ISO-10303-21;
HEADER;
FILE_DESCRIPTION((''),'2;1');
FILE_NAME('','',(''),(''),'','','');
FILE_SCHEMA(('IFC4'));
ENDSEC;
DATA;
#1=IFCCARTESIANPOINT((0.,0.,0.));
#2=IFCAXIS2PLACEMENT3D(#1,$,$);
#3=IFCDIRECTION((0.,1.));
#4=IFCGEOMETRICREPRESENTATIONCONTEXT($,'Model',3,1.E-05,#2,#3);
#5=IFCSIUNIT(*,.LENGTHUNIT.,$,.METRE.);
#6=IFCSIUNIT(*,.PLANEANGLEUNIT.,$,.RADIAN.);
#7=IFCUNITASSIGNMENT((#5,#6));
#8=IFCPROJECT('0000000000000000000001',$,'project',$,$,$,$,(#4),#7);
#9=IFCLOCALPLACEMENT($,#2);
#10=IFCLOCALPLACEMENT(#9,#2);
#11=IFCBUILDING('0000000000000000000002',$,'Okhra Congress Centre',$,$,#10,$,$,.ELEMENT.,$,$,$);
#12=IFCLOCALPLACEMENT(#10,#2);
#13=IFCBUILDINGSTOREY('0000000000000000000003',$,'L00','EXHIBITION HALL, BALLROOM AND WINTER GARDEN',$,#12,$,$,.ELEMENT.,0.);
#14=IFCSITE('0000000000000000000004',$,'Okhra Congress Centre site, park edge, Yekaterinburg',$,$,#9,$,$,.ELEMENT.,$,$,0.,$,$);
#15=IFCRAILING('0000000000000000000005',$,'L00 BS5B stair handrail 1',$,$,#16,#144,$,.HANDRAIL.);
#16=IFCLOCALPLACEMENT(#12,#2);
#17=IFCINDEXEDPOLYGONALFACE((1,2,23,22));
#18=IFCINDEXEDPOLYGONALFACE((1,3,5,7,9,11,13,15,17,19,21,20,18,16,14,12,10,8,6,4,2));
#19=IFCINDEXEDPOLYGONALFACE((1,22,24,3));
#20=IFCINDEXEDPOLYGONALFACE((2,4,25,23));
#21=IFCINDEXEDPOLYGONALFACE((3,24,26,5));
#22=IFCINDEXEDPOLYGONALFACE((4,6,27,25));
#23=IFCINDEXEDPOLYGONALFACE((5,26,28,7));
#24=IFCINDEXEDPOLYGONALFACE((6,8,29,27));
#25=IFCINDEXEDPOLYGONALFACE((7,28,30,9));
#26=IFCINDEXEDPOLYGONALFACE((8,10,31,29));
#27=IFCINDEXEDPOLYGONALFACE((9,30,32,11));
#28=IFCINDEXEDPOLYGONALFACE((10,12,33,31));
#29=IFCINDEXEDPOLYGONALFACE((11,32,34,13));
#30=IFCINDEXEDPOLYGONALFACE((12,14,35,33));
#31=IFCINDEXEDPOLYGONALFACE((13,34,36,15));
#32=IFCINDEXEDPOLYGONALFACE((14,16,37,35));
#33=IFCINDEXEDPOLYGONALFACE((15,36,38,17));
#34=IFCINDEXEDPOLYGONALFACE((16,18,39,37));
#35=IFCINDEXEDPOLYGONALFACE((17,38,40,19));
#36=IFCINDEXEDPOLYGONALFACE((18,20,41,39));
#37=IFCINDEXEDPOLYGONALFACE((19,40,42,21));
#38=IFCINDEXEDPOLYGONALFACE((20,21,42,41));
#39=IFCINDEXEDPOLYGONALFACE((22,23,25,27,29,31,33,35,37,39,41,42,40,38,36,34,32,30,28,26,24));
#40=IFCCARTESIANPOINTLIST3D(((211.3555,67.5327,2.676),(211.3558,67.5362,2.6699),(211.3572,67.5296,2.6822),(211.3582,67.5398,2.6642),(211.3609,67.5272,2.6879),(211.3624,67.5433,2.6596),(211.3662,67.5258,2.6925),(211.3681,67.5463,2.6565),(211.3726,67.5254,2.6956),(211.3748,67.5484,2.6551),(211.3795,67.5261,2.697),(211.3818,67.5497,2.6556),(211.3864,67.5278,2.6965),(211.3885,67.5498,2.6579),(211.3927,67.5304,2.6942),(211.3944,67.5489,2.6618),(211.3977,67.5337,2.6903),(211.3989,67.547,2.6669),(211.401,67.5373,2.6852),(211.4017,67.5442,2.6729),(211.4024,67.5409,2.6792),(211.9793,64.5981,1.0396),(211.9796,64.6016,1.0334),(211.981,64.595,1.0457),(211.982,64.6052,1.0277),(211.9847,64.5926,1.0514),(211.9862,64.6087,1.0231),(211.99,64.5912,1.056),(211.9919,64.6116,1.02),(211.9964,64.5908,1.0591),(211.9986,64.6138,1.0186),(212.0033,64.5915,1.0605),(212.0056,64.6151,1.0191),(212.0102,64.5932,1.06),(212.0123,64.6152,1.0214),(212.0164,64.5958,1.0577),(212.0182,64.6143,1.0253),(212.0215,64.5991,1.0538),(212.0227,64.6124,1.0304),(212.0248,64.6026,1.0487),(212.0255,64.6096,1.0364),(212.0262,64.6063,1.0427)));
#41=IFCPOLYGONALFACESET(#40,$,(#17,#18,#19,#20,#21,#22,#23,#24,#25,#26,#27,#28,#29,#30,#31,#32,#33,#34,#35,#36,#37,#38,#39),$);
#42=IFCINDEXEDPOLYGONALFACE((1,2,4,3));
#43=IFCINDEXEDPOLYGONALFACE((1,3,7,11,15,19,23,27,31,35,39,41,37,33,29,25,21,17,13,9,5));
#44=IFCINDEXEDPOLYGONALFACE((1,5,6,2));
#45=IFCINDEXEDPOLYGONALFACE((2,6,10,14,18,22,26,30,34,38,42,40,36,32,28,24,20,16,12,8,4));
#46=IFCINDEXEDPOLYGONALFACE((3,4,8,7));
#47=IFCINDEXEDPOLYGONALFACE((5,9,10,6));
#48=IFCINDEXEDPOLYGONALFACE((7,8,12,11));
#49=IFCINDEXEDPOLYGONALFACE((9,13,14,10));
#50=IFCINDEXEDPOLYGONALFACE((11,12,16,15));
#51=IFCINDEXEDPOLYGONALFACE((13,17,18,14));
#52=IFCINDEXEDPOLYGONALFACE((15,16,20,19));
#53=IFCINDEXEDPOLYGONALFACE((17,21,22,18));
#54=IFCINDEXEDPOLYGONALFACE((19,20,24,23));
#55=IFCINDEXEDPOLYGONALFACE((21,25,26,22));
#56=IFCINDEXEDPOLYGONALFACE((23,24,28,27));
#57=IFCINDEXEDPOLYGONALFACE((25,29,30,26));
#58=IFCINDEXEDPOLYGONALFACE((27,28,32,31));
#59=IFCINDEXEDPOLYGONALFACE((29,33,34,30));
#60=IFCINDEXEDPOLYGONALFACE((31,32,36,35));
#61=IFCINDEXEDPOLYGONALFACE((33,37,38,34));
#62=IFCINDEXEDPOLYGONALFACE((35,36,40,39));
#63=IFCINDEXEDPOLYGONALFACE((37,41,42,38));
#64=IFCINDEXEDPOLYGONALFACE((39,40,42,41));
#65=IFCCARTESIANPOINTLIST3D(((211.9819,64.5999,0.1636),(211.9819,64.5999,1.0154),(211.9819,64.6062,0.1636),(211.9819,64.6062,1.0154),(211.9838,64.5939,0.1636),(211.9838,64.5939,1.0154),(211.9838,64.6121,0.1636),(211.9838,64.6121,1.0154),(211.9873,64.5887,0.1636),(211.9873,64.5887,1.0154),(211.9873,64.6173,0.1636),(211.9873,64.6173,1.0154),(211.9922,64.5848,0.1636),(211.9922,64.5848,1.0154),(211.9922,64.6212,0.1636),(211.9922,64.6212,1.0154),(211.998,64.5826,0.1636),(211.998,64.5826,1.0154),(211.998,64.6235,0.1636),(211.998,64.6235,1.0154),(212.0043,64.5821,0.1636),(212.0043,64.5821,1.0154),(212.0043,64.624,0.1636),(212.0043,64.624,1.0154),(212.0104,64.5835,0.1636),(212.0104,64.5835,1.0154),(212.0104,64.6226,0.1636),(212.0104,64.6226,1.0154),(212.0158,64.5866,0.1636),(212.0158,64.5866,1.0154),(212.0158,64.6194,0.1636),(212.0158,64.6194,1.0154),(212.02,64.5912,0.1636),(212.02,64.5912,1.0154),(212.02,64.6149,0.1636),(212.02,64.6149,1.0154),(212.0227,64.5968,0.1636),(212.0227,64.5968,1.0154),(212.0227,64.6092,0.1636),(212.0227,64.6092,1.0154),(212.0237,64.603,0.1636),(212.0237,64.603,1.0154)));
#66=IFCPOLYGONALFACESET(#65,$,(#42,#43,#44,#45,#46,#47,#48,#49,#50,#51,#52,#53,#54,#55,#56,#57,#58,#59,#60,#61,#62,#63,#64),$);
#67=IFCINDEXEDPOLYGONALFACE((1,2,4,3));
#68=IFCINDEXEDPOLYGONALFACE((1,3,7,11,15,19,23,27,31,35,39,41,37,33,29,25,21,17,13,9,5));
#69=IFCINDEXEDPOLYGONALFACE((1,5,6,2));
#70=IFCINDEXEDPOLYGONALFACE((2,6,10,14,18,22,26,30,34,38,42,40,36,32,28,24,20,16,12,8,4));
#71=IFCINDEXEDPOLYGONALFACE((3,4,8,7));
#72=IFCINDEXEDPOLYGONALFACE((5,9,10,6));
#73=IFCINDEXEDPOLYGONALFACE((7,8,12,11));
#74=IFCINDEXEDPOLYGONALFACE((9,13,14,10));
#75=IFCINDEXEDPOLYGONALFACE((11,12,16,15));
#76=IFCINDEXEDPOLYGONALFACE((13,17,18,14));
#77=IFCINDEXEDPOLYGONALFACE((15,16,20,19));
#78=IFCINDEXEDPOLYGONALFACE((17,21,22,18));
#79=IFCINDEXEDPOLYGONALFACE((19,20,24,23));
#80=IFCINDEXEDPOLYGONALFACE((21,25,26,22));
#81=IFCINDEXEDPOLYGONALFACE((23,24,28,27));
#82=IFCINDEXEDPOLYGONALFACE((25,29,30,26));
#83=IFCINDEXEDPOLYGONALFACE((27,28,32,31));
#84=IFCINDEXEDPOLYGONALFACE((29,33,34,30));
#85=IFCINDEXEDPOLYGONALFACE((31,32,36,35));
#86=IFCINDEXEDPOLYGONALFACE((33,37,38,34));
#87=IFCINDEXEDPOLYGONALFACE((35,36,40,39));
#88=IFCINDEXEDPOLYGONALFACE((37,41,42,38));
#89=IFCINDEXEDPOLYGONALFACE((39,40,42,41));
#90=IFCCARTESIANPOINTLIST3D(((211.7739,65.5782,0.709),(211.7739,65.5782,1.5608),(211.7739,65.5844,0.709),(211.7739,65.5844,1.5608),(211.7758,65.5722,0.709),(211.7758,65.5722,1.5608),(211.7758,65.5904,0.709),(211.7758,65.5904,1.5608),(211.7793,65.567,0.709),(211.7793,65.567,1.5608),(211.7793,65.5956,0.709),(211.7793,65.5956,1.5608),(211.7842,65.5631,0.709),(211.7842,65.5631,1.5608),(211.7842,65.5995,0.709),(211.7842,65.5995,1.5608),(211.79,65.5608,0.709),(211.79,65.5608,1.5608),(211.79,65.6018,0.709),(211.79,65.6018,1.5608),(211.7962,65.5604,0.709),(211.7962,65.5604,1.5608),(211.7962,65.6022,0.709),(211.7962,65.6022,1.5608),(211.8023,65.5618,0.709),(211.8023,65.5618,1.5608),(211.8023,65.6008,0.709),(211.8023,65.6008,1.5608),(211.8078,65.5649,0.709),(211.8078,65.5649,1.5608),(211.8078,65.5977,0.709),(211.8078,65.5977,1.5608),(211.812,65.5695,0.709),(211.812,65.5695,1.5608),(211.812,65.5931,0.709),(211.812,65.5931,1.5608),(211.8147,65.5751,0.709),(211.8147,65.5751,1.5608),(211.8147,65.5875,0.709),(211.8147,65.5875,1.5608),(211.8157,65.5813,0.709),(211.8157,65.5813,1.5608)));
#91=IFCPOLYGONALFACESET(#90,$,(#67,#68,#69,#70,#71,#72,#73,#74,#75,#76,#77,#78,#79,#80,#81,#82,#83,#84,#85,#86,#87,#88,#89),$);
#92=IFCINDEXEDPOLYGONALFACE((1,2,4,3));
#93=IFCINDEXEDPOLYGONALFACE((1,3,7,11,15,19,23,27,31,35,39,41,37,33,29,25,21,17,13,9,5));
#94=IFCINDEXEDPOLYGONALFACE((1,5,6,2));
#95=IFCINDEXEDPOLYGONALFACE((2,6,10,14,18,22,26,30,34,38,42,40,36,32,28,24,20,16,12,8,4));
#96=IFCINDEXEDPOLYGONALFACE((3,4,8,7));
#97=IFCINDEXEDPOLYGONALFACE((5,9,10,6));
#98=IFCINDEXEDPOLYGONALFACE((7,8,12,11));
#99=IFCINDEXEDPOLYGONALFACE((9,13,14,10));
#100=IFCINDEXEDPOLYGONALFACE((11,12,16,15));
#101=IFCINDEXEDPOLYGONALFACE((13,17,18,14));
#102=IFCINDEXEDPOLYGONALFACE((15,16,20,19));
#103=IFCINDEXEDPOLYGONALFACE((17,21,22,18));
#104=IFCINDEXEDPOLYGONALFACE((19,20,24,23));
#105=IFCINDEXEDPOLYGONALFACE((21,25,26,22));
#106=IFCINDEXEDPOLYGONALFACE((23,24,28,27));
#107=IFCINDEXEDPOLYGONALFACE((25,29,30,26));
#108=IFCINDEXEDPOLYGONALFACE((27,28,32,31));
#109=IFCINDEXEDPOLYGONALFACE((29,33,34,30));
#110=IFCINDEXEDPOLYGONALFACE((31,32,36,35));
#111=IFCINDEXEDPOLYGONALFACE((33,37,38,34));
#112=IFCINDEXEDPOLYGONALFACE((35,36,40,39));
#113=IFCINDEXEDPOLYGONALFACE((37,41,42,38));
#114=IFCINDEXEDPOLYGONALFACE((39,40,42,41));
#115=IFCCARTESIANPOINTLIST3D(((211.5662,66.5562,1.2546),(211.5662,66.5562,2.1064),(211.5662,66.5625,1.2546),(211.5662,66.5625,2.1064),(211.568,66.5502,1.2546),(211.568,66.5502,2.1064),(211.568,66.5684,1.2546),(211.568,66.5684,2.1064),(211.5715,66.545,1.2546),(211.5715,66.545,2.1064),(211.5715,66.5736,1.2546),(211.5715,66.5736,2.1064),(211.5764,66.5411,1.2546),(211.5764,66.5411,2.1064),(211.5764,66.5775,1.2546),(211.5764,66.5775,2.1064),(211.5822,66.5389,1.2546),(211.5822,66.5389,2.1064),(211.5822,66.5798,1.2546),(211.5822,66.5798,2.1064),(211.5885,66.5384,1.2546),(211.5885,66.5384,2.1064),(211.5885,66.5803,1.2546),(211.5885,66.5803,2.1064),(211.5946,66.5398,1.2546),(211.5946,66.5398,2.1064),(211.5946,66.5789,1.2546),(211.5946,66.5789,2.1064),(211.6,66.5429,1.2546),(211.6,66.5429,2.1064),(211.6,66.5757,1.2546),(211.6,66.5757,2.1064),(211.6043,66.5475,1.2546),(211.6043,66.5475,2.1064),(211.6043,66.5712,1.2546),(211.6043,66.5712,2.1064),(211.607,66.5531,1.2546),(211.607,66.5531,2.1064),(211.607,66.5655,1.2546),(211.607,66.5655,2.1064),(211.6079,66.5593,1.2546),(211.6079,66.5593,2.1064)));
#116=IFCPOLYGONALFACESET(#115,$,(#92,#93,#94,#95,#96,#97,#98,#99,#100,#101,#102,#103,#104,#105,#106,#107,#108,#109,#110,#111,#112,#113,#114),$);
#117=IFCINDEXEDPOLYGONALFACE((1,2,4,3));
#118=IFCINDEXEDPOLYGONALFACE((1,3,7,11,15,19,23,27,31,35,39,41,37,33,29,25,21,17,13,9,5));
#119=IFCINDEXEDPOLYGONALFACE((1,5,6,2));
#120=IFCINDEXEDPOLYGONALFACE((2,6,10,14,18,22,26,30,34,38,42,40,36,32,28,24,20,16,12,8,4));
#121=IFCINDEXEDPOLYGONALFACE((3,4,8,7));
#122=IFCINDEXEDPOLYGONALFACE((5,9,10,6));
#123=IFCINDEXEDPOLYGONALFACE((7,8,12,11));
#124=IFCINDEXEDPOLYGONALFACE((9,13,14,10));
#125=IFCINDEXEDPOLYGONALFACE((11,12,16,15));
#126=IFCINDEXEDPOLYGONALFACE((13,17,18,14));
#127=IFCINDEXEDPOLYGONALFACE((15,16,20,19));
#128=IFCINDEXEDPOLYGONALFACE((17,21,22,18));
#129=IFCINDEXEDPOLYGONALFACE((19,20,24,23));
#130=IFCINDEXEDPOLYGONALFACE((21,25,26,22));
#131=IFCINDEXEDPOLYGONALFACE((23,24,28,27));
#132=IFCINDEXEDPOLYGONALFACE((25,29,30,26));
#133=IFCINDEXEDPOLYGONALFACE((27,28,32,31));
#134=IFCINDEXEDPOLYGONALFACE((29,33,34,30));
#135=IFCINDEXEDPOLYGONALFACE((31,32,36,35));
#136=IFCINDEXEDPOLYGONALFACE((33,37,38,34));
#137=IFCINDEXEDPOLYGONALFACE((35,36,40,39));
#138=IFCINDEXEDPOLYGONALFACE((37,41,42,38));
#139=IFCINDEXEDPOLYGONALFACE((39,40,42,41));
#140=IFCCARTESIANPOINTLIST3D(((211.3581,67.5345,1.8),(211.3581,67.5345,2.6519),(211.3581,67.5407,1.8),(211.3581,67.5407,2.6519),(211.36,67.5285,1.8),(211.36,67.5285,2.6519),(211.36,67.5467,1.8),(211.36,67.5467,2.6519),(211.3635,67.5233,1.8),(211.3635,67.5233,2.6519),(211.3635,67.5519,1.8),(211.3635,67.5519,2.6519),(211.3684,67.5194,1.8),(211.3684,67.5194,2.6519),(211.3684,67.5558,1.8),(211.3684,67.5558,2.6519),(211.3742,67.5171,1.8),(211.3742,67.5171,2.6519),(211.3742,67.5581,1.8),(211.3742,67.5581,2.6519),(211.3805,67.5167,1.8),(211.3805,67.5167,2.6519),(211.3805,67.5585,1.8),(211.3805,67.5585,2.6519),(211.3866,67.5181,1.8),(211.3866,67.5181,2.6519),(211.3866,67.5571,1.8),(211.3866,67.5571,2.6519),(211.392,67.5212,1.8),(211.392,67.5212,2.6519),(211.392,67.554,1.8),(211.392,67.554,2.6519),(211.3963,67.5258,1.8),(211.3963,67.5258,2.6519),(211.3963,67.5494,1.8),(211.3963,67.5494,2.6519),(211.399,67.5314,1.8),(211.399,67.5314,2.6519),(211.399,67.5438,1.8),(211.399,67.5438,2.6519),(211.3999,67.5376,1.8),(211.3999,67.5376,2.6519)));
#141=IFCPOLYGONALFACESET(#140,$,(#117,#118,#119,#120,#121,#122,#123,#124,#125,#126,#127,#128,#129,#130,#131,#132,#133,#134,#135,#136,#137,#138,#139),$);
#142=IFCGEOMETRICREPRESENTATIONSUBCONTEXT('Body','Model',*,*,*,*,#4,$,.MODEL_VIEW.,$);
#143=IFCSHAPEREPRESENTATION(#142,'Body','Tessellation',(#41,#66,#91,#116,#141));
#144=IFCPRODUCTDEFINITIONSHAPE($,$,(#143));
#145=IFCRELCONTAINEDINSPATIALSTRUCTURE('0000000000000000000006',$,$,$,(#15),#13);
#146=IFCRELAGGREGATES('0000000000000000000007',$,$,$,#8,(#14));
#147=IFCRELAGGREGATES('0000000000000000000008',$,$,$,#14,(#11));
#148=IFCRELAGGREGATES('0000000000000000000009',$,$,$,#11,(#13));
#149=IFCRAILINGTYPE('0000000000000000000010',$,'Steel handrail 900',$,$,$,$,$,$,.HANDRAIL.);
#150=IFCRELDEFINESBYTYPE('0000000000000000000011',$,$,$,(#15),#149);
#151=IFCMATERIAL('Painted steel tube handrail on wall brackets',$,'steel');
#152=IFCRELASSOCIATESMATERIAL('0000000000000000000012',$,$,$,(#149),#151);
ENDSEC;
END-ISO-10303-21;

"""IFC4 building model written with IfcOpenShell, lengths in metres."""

from ifc_helpers import new_model, si_unit, direction, frame, origin, origin_2d, place, context, subcontext, project, spatial, circle, extrude, material, type_object, element, save


model = new_model("IFC4")

# Units and contexts
model_context = context("Model", 3, precision=1e-05, world=origin(), true_north=direction((0.0, 1.0)))
body_context = subcontext(model_context, "Body", "Model", "MODEL_VIEW")
ifc_project = project(units=[si_unit("LENGTHUNIT", "METRE"), si_unit("PLANEANGLEUNIT", "RADIAN")], contexts=[model_context])

# Site, building, storey
site_placement = place(None, origin())
site = spatial("IfcSite", under=ifc_project, at=site_placement, Name="Okhra Congress Centre site, park edge, Yekaterinburg", CompositionType="ELEMENT", RefElevation=0.0)
building_placement = place(site_placement, origin())
building = spatial("IfcBuilding", under=site, at=building_placement, Name="Okhra Congress Centre", CompositionType="ELEMENT")
storey_placement = place(building_placement, origin())
storey = spatial("IfcBuildingStorey", under=building, at=storey_placement, Name="L00", Description="EXHIBITION HALL, BALLROOM AND WINTER GARDEN", CompositionType="ELEMENT", Elevation=0.0)

# Railing
ifc_material_1 = material(Name="Painted steel tube handrail on wall brackets", Category="steel")
railing_type_1 = type_object("IfcRailingType", Name="Steel handrail 900", PredefinedType="HANDRAIL", material=ifc_material_1)
railing_1_placement = place(storey_placement, frame((212.0027, 64.603, 0.1636)))
element("IfcRailing", 1, at=railing_1_placement, inside=storey, type_object=railing_type_1, Name="L00 BS5B stair handrail 1", PredefinedType="HANDRAIL", context=body_context, shape_type="SweptSolid", body=[
    extrude(circle(Radius=0.0239, at=origin_2d()), frame((0.0, 0.0, 0.876), z_axis=(-0.182529, 0.858706, 0.478861), x_axis=(-0.978146, -0.207917, 0.0)), (0.0, 0.0, 1.0), 3.4175),
    extrude(circle(Radius=0.021, at=origin_2d()), origin(), (0.0, 0.0, 1.0), 0.8518),
    extrude(circle(Radius=0.021, at=origin_2d()), frame((-0.208, 0.9783, 0.5454)), (0.0, 0.0, 1.0), 0.8518),
    extrude(circle(Radius=0.021, at=origin_2d()), frame((-0.4158, 1.9563, 1.0911)), (0.0, 0.0, 1.0), 0.8518),
    extrude(circle(Radius=0.021, at=origin_2d()), frame((-0.6238, 2.9346, 1.6365)), (0.0, 0.0, 1.0), 0.8518),
])

save(model, "model.ifc")
